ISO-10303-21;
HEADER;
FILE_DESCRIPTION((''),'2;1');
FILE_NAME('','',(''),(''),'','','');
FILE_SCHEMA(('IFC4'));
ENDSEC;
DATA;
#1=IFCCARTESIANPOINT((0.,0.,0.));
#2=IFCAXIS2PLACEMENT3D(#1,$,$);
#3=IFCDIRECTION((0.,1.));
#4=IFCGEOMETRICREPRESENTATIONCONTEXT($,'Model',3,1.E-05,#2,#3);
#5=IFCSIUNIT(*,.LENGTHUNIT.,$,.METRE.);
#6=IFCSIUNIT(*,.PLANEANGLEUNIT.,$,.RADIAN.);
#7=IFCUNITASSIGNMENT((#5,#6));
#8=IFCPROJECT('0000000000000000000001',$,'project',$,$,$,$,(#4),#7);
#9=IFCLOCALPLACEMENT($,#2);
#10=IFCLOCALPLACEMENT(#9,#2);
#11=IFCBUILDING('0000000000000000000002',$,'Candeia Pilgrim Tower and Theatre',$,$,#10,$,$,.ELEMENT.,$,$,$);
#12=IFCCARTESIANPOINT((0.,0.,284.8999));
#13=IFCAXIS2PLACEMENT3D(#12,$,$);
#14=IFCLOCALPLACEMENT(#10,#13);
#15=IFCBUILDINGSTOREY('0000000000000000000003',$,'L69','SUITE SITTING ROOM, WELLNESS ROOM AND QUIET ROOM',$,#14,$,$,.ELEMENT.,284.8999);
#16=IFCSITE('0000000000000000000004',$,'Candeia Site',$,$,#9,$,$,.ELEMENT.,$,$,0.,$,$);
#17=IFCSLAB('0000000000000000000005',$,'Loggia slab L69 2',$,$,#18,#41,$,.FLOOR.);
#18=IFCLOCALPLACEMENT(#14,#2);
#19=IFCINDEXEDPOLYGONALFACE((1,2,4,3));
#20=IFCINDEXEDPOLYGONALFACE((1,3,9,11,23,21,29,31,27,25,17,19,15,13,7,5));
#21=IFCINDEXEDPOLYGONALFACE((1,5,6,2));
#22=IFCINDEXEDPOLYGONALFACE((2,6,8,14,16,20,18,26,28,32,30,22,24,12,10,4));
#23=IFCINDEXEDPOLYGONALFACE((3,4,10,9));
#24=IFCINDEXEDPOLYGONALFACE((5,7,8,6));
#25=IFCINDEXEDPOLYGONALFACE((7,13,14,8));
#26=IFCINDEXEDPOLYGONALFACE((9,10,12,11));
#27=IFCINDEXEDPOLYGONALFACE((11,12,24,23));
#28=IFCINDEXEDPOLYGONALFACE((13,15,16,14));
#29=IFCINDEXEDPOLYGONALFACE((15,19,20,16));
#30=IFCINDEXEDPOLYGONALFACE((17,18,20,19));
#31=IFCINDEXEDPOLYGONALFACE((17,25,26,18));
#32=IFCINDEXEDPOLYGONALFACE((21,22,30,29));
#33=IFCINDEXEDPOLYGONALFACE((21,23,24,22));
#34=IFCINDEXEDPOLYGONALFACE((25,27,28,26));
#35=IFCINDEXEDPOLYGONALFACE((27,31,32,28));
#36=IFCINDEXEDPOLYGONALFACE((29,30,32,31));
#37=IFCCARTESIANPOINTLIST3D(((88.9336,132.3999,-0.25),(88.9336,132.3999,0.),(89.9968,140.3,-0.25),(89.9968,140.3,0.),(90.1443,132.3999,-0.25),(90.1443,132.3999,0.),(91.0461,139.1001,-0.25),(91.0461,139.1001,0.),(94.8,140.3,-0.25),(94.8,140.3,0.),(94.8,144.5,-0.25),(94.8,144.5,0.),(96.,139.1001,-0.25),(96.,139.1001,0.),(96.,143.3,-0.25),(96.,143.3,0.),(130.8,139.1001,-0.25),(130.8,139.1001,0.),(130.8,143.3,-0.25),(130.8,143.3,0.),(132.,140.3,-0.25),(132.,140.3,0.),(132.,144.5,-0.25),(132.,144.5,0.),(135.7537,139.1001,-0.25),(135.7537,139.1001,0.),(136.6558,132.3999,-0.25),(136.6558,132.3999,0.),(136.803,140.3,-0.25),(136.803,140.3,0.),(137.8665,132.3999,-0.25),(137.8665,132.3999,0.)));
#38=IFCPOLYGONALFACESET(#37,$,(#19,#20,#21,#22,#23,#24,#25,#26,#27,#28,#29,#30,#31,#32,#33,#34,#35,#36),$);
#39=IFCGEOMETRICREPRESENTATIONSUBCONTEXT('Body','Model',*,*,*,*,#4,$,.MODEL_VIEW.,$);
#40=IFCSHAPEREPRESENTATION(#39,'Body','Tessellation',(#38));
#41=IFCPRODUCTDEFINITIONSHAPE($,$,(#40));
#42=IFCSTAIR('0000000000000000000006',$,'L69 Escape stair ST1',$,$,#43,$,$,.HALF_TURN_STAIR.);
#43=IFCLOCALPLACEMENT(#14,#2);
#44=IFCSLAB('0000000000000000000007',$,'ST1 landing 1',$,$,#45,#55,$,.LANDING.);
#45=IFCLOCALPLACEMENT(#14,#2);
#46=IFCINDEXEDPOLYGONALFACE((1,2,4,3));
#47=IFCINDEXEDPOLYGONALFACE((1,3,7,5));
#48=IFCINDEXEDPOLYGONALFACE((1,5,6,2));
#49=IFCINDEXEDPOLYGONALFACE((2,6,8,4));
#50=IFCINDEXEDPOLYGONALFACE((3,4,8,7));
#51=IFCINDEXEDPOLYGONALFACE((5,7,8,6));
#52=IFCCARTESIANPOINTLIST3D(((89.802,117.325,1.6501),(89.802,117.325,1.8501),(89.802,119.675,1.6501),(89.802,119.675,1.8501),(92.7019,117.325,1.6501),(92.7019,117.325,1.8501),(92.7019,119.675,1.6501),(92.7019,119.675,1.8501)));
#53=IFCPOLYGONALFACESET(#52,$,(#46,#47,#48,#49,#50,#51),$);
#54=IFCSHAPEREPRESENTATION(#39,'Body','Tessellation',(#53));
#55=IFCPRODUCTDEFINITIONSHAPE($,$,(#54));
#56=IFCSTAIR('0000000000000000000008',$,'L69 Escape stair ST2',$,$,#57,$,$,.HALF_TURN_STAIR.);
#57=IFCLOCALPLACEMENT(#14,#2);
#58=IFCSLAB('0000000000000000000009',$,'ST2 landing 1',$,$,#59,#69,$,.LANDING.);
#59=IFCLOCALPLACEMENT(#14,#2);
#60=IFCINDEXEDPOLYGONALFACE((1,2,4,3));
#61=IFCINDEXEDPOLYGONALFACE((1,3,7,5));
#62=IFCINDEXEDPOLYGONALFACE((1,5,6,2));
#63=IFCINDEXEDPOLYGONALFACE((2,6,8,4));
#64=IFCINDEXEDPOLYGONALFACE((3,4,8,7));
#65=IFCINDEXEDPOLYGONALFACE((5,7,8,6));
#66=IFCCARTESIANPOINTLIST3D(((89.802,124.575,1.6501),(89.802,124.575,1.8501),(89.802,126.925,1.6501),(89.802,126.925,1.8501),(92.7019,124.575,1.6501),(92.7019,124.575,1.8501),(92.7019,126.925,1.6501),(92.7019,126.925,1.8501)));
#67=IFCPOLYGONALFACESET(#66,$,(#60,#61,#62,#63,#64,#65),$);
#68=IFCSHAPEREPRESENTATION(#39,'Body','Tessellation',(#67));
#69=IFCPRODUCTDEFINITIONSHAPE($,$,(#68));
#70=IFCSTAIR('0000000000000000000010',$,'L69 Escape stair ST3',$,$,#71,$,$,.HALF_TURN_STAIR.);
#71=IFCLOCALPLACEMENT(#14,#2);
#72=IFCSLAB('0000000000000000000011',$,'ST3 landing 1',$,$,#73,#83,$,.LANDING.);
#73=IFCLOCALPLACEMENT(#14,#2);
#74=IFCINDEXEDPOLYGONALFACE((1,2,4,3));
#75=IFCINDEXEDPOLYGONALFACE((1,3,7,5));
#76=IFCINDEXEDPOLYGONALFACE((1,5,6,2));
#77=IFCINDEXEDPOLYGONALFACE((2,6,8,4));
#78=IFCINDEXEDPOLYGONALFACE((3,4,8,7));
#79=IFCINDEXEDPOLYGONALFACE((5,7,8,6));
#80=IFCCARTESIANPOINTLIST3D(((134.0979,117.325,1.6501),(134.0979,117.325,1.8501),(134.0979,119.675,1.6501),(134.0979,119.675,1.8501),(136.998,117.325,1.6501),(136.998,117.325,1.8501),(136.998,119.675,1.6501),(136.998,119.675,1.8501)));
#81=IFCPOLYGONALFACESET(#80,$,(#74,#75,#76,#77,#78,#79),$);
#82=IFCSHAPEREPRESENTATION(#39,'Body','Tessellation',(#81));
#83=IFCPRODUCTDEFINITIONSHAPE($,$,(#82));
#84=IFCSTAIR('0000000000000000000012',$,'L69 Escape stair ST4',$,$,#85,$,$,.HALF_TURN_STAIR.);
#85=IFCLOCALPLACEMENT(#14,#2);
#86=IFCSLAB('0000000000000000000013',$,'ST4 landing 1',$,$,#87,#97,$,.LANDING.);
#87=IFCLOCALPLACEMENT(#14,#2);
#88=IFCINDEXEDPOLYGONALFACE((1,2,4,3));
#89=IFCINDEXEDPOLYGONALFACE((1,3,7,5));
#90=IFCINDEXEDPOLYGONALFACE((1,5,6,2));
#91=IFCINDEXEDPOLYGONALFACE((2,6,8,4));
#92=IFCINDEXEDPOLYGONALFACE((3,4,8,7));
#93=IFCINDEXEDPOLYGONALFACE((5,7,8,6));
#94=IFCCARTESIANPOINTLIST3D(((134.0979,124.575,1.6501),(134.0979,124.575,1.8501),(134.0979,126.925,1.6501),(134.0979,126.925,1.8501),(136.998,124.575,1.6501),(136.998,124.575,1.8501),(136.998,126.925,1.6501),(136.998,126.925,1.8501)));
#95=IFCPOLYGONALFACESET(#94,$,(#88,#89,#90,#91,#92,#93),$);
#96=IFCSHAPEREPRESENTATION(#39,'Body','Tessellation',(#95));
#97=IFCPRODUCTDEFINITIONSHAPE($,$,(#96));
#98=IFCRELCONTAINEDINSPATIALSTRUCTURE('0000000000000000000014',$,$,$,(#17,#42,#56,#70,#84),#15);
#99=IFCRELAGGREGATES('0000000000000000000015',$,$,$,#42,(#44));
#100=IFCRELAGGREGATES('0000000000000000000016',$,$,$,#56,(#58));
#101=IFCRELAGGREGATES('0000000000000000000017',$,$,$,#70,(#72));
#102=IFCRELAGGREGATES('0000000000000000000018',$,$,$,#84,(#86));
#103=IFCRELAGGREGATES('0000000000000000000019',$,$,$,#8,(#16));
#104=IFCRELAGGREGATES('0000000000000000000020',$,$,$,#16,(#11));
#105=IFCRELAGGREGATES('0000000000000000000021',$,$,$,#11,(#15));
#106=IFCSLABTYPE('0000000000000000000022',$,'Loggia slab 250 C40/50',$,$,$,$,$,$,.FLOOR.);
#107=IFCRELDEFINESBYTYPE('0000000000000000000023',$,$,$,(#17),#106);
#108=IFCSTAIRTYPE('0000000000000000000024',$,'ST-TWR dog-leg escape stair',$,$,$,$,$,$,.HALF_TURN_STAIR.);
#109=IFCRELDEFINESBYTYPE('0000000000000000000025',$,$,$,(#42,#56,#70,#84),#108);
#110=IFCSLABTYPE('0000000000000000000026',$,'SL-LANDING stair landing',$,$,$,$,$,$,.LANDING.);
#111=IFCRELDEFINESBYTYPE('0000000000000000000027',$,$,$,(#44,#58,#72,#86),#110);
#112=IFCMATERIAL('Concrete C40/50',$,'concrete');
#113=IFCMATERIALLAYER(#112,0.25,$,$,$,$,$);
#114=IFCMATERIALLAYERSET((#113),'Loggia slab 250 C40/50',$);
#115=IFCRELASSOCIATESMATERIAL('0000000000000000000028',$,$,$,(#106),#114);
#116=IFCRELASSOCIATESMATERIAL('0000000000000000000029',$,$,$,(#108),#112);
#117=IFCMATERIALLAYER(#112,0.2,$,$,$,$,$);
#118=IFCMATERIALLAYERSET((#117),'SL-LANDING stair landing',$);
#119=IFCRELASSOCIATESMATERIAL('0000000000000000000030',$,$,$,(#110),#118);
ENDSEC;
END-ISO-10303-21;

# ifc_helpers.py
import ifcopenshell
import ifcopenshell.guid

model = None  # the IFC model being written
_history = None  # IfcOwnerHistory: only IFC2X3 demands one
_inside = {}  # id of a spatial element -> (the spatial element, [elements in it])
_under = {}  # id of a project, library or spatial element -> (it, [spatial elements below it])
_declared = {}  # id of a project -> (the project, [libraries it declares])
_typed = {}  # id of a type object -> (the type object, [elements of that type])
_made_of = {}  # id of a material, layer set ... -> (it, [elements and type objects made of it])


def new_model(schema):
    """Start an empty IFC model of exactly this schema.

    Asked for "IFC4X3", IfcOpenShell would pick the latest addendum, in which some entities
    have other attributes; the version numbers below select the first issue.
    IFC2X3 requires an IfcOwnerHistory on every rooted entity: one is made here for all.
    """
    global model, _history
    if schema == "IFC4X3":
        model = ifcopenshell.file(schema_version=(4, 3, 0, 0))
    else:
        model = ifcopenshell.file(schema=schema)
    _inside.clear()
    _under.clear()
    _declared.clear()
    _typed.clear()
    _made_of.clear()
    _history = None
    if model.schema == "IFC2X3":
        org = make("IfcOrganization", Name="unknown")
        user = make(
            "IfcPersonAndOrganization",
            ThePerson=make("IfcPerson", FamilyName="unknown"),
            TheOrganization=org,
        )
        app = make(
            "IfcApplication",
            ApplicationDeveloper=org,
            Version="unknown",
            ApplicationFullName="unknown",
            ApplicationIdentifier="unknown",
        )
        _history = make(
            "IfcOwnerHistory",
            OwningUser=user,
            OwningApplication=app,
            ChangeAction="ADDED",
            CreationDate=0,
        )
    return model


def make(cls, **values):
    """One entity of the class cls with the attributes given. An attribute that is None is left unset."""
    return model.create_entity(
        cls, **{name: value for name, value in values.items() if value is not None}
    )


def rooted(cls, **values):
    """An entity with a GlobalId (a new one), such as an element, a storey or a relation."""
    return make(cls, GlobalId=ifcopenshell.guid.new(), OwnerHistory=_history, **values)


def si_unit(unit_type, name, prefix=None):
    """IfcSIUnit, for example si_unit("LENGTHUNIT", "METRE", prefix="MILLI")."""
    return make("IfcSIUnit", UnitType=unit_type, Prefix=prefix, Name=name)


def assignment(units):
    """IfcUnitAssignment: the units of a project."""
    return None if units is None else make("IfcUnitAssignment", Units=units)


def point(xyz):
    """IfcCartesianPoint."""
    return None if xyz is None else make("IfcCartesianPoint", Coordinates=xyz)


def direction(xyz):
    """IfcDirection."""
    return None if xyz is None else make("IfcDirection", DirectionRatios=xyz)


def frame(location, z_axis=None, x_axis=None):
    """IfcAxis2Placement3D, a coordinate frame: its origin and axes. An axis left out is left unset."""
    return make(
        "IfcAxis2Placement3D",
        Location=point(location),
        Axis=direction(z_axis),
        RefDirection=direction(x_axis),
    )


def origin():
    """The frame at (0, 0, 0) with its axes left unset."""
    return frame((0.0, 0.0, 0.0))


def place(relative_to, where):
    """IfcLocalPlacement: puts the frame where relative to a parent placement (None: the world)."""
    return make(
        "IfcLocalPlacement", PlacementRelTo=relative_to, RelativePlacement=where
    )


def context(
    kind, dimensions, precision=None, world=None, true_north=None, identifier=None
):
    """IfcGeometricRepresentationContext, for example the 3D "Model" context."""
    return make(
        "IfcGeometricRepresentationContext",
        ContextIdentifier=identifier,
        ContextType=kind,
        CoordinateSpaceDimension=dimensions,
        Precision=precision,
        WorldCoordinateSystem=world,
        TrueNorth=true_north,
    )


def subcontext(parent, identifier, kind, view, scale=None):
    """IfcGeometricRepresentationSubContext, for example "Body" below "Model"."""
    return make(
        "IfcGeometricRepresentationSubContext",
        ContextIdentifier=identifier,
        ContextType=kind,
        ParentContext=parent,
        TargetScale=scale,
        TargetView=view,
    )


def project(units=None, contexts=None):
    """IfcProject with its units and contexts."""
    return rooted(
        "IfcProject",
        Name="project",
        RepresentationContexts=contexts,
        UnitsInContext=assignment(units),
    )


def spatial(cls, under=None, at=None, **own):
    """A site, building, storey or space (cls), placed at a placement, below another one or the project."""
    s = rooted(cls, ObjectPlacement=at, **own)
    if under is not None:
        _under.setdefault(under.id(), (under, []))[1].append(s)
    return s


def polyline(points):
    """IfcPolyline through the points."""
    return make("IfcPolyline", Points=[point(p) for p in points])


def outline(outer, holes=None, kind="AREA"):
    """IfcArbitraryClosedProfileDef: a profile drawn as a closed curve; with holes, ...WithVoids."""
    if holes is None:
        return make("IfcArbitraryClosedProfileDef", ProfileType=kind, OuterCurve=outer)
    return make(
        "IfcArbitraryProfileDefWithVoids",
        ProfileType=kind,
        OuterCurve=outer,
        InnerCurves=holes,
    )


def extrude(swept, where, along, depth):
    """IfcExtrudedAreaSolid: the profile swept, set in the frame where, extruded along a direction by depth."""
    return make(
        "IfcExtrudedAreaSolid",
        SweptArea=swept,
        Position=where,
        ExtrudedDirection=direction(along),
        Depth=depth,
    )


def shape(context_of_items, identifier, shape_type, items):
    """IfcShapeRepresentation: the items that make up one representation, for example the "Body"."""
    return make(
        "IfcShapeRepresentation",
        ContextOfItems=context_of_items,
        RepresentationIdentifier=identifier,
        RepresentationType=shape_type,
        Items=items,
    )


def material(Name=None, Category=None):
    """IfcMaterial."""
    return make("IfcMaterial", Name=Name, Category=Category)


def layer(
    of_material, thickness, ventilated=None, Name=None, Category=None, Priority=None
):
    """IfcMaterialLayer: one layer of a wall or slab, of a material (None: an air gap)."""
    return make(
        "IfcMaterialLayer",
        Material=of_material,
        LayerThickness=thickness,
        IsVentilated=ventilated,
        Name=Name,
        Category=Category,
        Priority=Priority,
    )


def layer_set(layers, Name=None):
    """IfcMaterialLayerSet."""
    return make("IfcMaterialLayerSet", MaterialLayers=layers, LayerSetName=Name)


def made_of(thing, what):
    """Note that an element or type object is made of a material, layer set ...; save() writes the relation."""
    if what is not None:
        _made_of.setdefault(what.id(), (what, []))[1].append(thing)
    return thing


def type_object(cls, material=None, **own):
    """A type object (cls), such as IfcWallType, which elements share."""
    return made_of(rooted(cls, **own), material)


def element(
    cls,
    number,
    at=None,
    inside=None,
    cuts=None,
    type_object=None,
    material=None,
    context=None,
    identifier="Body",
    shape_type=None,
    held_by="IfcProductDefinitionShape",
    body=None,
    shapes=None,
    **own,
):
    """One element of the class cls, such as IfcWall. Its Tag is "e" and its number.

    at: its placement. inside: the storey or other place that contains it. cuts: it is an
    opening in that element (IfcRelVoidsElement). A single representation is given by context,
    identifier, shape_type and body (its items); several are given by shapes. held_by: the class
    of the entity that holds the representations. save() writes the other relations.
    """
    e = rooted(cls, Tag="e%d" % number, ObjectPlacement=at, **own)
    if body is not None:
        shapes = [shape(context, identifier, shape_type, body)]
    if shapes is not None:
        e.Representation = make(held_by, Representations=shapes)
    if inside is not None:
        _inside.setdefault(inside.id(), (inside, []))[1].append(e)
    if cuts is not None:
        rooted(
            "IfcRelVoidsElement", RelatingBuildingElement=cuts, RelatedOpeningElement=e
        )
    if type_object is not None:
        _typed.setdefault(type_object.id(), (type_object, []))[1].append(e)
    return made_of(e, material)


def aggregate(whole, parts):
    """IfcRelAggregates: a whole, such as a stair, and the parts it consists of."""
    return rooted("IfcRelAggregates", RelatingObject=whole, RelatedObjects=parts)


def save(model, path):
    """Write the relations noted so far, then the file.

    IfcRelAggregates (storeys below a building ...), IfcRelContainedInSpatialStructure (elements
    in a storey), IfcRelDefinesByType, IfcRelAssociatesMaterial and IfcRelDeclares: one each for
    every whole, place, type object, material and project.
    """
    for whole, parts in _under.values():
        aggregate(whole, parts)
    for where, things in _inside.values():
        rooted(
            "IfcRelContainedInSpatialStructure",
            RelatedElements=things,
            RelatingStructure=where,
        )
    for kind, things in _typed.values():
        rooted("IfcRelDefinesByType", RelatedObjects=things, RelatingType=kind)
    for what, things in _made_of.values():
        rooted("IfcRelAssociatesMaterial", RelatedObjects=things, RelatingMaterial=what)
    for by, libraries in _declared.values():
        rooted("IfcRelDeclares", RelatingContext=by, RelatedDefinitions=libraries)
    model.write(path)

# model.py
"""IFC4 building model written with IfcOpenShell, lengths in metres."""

from ifc_helpers import new_model, si_unit, direction, frame, origin, place, context, subcontext, project, spatial, polyline, outline, extrude, material, layer, layer_set, type_object, element, aggregate, save


model = new_model("IFC4")

# Units and contexts
model_context = context("Model", 3, precision=1e-05, world=origin(), true_north=direction((0.0, 1.0)))
body_context = subcontext(model_context, "Body", "Model", "MODEL_VIEW")
ifc_project = project(units=[si_unit("LENGTHUNIT", "METRE"), si_unit("PLANEANGLEUNIT", "RADIAN")], contexts=[model_context])

# Site, building, storey
site_placement = place(None, origin())
site = spatial("IfcSite", under=ifc_project, at=site_placement, Name="Candeia Site", CompositionType="ELEMENT", RefElevation=0.0)
building_placement = place(site_placement, origin())
building = spatial("IfcBuilding", under=site, at=building_placement, Name="Candeia Pilgrim Tower and Theatre", CompositionType="ELEMENT")
storey_placement = place(building_placement, frame((0.0, 0.0, 284.8999)))
storey = spatial("IfcBuildingStorey", under=building, at=storey_placement, Name="L69", Description="SUITE SITTING ROOM, WELLNESS ROOM AND QUIET ROOM", CompositionType="ELEMENT", Elevation=284.8999)

# Shared definitions
ifc_material_1 = material(Name="Concrete C40/50", Category="concrete")

# Slab
ifc_layer_1 = layer(ifc_material_1, 0.25)
ifc_layer_set_1 = layer_set([ifc_layer_1], Name="Loggia slab 250 C40/50")
slab_type_1 = type_object("IfcSlabType", Name="Loggia slab 250 C40/50", PredefinedType="FLOOR", material=ifc_layer_set_1)
slab_1_placement = place(storey_placement, frame((0.0, 0.0, -0.25)))
element("IfcSlab", 1, at=slab_1_placement, inside=storey, type_object=slab_type_1, Name="Loggia slab L69 2", PredefinedType="FLOOR", context=body_context, shape_type="SweptSolid", body=[
    extrude(outline(polyline([(136.6558, 132.3999), (135.7537, 139.1001), (130.8, 139.1001), (130.8, 143.3), (96.0, 143.3), (96.0, 139.1001), (91.0461, 139.1001), (90.1443, 132.3999), (88.9336, 132.3999), (89.9968, 140.3), (94.8, 140.3), (94.8, 144.5), (132.0, 144.5), (132.0, 140.3), (136.803, 140.3), (137.8665, 132.3999), (136.6558, 132.3999)])), origin(), (0.0, 0.0, 1.0), 0.25),
])

# Stairs, slabs
stair_type = type_object("IfcStairType", Name="ST-TWR dog-leg escape stair", PredefinedType="HALF_TURN_STAIR", material=ifc_material_1)
stair_1_placement = place(storey_placement, origin())
stair_1 = element("IfcStair", 2, at=stair_1_placement, inside=storey, type_object=stair_type, Name="L69 Escape stair ST1", PredefinedType="HALF_TURN_STAIR")
ifc_layer_2 = layer(ifc_material_1, 0.2)
ifc_layer_set_2 = layer_set([ifc_layer_2], Name="SL-LANDING stair landing")
slab_type_2 = type_object("IfcSlabType", Name="SL-LANDING stair landing", PredefinedType="LANDING", material=ifc_layer_set_2)
slab_2_placement = place(storey_placement, frame((0.0, 0.0, 1.6501)))
slab_2 = element("IfcSlab", 3, at=slab_2_placement, type_object=slab_type_2, Name="ST1 landing 1", PredefinedType="LANDING", context=body_context, shape_type="SweptSolid", body=[
    extrude(outline(polyline([(89.802, 119.675), (89.802, 117.325), (92.7019, 117.325), (92.7019, 119.675), (89.802, 119.675)])), origin(), (0.0, 0.0, 1.0), 0.2),
])
aggregate(stair_1, [slab_2])
stair_2_placement = place(storey_placement, origin())
stair_2 = element("IfcStair", 4, at=stair_2_placement, inside=storey, type_object=stair_type, Name="L69 Escape stair ST2", PredefinedType="HALF_TURN_STAIR")
slab_3_placement = place(storey_placement, frame((0.0, 0.0, 1.6501)))
slab_3 = element("IfcSlab", 5, at=slab_3_placement, type_object=slab_type_2, Name="ST2 landing 1", PredefinedType="LANDING", context=body_context, shape_type="SweptSolid", body=[
    extrude(outline(polyline([(89.802, 126.925), (89.802, 124.575), (92.7019, 124.575), (92.7019, 126.925), (89.802, 126.925)])), origin(), (0.0, 0.0, 1.0), 0.2),
])
aggregate(stair_2, [slab_3])
stair_3_placement = place(storey_placement, origin())
stair_3 = element("IfcStair", 6, at=stair_3_placement, inside=storey, type_object=stair_type, Name="L69 Escape stair ST3", PredefinedType="HALF_TURN_STAIR")
slab_4_placement = place(storey_placement, frame((0.0, 0.0, 1.6501)))
slab_4 = element("IfcSlab", 7, at=slab_4_placement, type_object=slab_type_2, Name="ST3 landing 1", PredefinedType="LANDING", context=body_context, shape_type="SweptSolid", body=[
    extrude(outline(polyline([(134.0979, 119.675), (134.0979, 117.325), (136.998, 117.325), (136.998, 119.675), (134.0979, 119.675)])), origin(), (0.0, 0.0, 1.0), 0.2),
])
aggregate(stair_3, [slab_4])
stair_4_placement = place(storey_placement, origin())
stair_4 = element("IfcStair", 8, at=stair_4_placement, inside=storey, type_object=stair_type, Name="L69 Escape stair ST4", PredefinedType="HALF_TURN_STAIR")
slab_5_placement = place(storey_placement, frame((0.0, 0.0, 1.6501)))
slab_5 = element("IfcSlab", 9, at=slab_5_placement, type_object=slab_type_2, Name="ST4 landing 1", PredefinedType="LANDING", context=body_context, shape_type="SweptSolid", body=[
    extrude(outline(polyline([(134.0979, 126.925), (134.0979, 124.575), (136.998, 124.575), (136.998, 126.925), (134.0979, 126.925)])), origin(), (0.0, 0.0, 1.0), 0.2),
])
aggregate(stair_4, [slab_5])

save(model, "model.ifc")
